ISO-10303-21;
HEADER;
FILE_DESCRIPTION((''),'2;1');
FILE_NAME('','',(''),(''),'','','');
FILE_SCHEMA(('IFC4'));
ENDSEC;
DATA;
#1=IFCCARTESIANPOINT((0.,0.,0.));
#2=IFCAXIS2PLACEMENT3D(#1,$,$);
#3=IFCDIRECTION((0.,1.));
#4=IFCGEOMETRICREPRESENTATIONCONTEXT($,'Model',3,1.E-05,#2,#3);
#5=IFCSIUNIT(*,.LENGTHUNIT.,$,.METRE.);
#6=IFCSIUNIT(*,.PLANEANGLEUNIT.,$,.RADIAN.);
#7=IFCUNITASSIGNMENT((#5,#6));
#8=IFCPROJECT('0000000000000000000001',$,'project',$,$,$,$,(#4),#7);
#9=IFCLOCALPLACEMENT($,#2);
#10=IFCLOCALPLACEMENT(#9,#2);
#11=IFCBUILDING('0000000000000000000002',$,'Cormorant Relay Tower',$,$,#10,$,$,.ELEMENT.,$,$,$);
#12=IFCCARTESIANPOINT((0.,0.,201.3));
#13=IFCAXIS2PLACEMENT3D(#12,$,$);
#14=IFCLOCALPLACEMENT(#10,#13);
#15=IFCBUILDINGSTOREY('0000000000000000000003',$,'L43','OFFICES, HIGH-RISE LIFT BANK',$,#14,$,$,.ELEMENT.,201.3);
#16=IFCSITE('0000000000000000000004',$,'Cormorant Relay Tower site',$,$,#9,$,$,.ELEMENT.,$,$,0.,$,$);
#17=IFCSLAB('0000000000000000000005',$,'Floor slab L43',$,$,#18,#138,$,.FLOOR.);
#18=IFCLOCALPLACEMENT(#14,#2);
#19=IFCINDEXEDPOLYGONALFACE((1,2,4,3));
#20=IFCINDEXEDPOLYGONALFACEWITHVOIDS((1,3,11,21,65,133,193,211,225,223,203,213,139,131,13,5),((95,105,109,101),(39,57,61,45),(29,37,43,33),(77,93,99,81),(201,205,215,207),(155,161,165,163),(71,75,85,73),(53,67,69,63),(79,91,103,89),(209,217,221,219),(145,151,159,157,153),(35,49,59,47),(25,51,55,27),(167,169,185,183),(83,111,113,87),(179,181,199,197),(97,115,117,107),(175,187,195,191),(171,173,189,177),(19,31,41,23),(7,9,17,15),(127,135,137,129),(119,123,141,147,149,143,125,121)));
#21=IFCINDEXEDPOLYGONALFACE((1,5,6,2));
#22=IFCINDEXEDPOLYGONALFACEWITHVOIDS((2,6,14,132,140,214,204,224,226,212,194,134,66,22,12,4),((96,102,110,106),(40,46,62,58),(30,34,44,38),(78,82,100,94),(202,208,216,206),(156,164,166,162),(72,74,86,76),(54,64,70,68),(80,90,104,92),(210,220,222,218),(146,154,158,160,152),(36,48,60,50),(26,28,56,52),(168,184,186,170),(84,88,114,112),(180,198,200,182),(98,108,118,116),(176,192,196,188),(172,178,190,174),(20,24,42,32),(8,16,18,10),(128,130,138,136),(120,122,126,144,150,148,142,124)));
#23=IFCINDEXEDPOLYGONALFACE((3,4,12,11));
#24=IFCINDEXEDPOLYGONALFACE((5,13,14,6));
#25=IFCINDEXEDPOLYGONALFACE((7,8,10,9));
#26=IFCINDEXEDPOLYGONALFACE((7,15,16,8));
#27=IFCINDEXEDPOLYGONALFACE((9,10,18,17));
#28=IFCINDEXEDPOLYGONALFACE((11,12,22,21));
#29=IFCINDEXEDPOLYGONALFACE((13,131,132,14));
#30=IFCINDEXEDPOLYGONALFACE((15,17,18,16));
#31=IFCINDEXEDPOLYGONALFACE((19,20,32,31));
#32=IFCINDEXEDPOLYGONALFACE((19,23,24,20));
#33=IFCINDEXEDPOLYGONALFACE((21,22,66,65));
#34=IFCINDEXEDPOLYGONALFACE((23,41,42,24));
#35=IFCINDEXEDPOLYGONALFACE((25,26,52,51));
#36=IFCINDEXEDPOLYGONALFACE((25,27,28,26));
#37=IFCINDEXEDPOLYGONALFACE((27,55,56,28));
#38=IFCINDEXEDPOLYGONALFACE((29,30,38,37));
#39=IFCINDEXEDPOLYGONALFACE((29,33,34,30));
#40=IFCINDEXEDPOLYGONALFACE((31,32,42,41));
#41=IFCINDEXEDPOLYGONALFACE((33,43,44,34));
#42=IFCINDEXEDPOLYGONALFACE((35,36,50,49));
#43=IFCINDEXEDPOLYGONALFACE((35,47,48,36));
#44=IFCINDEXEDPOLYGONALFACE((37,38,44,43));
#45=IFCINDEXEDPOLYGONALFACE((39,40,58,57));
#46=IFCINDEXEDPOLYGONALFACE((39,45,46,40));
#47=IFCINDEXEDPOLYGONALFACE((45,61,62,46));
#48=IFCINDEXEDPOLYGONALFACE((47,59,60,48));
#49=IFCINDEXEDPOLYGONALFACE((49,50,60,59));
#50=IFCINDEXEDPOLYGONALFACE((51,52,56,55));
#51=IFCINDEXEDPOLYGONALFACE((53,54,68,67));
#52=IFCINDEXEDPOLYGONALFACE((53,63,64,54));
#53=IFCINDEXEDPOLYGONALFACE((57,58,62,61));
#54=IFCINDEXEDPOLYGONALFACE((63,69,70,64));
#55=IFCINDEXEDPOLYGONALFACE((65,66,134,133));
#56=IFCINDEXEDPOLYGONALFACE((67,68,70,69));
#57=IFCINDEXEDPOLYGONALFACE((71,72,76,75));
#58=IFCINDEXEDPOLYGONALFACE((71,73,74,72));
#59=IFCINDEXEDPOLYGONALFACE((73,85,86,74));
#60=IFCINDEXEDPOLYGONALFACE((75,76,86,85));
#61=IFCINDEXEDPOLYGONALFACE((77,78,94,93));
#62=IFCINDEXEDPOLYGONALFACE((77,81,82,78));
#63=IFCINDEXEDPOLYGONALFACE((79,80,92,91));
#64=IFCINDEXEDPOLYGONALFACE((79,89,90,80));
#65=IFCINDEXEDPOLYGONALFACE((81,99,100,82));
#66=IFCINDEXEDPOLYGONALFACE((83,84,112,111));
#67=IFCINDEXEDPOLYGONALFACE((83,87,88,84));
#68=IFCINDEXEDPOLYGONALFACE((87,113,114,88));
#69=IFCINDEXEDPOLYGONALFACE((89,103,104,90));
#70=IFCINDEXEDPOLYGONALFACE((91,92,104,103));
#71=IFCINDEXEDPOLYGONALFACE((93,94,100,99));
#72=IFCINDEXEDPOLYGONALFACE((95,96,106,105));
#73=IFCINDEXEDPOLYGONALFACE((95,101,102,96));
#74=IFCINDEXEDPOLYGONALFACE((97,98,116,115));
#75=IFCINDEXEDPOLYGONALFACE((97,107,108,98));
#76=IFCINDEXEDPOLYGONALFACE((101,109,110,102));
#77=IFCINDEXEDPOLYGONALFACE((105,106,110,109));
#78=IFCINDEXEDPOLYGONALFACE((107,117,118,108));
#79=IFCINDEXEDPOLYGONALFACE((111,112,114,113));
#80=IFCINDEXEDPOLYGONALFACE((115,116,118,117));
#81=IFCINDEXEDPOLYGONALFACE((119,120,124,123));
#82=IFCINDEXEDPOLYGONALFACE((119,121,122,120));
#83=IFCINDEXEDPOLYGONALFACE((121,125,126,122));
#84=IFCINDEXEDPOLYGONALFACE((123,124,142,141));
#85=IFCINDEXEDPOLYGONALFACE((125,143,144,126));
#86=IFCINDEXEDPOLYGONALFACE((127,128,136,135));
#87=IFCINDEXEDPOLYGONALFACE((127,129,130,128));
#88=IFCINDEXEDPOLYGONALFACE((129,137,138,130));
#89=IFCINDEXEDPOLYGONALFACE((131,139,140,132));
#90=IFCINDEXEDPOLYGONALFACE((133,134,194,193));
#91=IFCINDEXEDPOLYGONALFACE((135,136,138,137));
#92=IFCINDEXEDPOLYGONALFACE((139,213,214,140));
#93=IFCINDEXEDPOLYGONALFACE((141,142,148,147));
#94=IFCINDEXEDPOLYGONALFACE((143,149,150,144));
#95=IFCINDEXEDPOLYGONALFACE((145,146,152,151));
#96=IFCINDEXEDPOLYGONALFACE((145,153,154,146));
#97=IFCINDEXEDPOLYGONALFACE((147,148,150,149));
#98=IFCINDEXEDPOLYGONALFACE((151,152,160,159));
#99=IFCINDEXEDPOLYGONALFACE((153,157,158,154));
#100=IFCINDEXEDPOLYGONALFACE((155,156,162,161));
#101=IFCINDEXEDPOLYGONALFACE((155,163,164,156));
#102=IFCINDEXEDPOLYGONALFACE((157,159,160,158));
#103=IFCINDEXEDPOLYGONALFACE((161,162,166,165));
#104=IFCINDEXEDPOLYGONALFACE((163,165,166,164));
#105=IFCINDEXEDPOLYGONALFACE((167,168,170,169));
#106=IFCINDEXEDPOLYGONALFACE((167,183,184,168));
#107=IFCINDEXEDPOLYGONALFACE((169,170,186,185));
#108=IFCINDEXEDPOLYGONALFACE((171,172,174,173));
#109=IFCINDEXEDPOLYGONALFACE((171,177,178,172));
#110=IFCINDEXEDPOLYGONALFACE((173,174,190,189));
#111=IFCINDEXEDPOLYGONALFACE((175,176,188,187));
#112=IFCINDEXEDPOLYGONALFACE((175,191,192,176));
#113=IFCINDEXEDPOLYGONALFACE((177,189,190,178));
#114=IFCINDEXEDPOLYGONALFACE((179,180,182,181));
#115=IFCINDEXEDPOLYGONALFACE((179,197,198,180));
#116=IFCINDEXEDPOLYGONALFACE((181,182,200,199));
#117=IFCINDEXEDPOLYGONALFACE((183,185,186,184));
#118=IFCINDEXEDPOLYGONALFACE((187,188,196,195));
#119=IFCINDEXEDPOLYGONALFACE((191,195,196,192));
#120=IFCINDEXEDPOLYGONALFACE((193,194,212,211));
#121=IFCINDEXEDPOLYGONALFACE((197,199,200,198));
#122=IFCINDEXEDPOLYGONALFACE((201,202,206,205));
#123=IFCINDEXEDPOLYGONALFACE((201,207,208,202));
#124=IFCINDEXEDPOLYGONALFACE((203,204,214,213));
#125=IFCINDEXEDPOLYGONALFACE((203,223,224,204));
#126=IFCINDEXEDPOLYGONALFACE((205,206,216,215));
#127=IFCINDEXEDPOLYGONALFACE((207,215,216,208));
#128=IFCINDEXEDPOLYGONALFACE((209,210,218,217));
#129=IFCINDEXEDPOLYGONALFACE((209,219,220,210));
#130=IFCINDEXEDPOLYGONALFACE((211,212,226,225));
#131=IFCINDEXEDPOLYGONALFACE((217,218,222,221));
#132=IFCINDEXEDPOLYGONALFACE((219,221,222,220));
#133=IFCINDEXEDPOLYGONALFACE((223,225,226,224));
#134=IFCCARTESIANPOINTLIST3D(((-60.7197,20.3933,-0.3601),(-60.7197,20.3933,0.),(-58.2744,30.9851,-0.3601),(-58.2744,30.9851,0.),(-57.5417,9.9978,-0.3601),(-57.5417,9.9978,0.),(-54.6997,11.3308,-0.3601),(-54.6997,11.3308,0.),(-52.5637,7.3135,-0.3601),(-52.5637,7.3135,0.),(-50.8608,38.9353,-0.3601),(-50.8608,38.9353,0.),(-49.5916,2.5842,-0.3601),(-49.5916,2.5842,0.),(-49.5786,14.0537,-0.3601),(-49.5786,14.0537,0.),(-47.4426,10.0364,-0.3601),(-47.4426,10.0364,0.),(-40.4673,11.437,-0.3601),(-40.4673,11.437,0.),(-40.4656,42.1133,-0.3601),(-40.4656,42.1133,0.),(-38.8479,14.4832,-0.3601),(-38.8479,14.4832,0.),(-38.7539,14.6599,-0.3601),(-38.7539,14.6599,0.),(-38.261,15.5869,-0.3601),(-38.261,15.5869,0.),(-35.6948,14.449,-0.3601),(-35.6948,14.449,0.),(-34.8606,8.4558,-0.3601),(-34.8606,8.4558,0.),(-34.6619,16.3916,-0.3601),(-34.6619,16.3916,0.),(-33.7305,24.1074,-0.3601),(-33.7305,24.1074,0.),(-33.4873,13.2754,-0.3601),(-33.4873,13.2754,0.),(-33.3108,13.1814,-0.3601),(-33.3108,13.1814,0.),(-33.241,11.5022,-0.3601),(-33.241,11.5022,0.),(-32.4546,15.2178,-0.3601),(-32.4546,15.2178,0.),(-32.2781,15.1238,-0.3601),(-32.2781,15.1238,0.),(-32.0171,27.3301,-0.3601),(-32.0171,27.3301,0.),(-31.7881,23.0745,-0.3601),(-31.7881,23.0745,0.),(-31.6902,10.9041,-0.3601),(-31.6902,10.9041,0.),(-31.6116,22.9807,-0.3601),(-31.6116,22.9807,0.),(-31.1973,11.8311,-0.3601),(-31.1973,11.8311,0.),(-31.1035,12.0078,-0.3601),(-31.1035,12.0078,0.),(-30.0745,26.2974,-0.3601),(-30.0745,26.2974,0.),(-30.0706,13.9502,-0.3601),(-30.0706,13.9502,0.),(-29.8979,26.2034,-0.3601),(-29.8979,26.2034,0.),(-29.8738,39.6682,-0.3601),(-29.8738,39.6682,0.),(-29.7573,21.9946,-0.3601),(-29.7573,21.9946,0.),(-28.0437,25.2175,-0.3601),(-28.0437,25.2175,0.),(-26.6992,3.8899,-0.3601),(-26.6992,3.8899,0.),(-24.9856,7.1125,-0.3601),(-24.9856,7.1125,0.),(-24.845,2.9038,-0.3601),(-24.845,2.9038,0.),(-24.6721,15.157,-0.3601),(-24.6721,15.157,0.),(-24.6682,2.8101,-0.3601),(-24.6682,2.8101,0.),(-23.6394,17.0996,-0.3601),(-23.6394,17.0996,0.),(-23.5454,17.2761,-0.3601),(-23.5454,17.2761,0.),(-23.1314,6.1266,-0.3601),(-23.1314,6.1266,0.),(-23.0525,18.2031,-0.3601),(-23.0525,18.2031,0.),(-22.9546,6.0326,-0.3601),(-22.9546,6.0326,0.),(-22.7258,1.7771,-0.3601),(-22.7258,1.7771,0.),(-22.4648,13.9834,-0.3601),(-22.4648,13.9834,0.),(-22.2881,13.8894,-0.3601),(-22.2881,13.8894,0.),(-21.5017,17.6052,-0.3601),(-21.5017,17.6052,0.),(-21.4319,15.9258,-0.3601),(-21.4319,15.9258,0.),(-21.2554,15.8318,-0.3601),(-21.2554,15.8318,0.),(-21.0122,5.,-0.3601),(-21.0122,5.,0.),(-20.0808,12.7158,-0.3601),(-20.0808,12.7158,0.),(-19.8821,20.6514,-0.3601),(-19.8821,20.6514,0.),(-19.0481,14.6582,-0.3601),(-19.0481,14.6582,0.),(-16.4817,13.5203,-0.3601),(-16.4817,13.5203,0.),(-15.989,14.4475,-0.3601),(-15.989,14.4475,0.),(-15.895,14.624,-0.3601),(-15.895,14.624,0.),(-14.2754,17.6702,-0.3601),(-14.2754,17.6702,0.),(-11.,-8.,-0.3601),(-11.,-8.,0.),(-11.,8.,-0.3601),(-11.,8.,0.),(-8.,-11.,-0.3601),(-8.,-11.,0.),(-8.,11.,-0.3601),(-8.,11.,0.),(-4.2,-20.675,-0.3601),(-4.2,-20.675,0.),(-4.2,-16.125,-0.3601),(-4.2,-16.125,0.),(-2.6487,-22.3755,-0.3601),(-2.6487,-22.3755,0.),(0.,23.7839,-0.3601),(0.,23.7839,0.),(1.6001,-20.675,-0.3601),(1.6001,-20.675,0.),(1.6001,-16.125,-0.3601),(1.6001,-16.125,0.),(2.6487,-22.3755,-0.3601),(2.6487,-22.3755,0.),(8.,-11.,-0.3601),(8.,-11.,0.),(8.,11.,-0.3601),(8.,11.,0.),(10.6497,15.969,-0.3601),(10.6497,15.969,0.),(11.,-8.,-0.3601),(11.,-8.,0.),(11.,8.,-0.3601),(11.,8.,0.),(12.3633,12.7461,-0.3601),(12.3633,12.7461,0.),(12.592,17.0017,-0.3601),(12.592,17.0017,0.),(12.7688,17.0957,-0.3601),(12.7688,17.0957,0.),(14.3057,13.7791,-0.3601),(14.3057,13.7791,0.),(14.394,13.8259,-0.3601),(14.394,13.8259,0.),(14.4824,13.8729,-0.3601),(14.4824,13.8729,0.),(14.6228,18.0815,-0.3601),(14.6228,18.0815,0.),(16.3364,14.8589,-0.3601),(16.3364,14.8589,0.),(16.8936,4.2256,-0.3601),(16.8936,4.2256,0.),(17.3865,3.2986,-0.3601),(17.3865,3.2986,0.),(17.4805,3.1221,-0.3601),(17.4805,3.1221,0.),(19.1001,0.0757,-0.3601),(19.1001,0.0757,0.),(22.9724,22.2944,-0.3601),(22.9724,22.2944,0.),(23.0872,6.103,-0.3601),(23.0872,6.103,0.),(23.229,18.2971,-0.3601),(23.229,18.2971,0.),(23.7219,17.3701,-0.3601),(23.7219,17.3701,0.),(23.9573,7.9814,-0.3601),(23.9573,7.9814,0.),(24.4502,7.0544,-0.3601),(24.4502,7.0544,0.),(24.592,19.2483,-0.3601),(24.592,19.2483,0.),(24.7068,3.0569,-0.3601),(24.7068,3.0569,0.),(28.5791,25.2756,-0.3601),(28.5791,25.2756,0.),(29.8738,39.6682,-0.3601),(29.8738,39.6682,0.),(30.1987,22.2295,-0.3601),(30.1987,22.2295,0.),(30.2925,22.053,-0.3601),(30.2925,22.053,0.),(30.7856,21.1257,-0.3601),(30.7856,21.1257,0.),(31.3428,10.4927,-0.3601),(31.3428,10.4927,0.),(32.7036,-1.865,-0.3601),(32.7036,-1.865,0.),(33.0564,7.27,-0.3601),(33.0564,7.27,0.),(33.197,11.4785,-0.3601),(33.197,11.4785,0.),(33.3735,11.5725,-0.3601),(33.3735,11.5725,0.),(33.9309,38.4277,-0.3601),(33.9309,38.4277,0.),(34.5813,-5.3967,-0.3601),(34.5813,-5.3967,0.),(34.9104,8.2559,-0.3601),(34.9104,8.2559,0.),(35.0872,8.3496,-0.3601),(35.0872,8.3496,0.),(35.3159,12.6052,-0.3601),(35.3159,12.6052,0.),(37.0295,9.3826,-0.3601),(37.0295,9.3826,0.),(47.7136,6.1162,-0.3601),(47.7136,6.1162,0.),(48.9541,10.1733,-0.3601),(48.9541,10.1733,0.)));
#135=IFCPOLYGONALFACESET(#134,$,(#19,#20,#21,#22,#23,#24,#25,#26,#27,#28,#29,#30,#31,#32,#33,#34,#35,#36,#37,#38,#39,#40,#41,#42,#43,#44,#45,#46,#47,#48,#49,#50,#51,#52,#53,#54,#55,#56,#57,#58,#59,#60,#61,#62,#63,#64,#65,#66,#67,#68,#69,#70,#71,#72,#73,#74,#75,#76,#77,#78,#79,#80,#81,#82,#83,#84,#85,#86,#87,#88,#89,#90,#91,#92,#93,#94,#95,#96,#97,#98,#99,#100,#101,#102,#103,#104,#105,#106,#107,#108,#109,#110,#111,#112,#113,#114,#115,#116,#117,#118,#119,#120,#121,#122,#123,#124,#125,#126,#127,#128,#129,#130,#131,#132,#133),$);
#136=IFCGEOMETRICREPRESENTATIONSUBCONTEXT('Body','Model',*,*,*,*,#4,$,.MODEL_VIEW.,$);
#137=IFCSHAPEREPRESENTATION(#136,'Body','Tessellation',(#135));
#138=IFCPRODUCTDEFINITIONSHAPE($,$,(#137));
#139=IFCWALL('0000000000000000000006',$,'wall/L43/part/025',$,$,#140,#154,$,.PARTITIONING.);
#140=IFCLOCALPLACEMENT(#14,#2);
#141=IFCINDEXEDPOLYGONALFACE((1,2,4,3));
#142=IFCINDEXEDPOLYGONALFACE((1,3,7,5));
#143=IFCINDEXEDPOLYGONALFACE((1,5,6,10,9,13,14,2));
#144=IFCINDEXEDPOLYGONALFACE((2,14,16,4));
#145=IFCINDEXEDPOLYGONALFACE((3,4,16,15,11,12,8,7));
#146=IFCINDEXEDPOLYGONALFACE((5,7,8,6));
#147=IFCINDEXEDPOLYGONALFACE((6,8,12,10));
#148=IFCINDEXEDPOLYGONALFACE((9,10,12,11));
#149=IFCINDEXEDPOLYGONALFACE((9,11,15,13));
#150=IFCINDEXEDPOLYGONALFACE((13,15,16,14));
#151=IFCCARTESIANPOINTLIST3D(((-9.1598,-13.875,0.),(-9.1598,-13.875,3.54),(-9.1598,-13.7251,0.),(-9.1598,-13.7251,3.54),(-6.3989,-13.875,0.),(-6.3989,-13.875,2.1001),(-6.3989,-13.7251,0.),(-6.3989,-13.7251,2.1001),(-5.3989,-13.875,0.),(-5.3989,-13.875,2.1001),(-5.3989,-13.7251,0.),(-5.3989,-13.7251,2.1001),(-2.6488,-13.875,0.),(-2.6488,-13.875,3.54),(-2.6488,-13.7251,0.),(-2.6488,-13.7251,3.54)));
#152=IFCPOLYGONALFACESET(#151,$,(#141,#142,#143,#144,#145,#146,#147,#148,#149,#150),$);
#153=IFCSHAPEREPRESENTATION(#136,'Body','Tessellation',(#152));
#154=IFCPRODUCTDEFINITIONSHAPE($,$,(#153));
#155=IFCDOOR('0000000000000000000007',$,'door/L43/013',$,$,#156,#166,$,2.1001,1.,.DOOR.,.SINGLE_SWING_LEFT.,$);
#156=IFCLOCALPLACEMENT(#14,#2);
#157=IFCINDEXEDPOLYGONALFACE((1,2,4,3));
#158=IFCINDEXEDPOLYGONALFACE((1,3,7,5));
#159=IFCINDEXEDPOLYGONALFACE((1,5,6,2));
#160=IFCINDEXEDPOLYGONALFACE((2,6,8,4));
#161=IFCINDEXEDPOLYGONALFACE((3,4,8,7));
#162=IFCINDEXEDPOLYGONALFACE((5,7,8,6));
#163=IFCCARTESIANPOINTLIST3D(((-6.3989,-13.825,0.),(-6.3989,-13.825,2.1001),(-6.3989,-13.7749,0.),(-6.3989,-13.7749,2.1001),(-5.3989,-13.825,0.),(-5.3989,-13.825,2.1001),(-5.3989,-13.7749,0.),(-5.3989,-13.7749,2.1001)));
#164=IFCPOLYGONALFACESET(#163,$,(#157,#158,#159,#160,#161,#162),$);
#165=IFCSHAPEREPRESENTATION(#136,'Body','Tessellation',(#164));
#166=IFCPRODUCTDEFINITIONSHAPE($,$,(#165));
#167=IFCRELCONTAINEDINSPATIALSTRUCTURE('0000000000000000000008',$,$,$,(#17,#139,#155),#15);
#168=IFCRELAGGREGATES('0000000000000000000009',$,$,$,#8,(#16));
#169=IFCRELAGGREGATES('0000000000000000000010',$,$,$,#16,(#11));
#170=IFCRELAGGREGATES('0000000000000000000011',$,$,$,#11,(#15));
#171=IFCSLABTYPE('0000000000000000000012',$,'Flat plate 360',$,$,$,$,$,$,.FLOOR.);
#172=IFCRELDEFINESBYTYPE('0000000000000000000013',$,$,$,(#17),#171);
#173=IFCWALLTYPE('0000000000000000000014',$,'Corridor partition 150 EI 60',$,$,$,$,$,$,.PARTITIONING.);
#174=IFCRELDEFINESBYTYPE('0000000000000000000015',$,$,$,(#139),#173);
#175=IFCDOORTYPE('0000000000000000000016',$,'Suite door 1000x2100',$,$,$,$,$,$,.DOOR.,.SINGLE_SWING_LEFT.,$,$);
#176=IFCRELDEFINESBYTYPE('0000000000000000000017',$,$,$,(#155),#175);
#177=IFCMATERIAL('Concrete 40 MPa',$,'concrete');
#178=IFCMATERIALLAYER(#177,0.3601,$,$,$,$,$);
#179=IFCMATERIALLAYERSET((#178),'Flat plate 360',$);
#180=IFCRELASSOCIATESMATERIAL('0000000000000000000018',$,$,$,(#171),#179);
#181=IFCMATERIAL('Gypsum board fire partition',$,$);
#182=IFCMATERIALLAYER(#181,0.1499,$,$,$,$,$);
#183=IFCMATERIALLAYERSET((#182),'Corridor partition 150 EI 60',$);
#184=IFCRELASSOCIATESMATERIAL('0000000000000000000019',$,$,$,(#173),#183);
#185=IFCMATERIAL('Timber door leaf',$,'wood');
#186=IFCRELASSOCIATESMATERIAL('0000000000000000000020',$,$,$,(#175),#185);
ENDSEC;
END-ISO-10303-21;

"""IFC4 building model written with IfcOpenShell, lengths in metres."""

from ifc_helpers import new_model, si_unit, direction, frame, frame_2d, origin, place, context, subcontext, project, spatial, polyline, rectangle, outline, extrude, material, layer, layer_set, type_object, element, fill, save


model = new_model("IFC4")

# Units and contexts
model_context = context("Model", 3, precision=1e-05, world=origin(), true_north=direction((0.0, 1.0)))
body_context = subcontext(model_context, "Body", "Model", "MODEL_VIEW")
ifc_project = project(units=[si_unit("LENGTHUNIT", "METRE"), si_unit("PLANEANGLEUNIT", "RADIAN")], contexts=[model_context])

# Site, building, storey
site_placement = place(None, origin())
site = spatial("IfcSite", under=ifc_project, at=site_placement, Name="Cormorant Relay Tower site", CompositionType="ELEMENT", RefElevation=0.0)
building_placement = place(site_placement, origin())
building = spatial("IfcBuilding", under=site, at=building_placement, Name="Cormorant Relay Tower", CompositionType="ELEMENT")
storey_placement = place(building_placement, frame((0.0, 0.0, 201.3)))
storey = spatial("IfcBuildingStorey", under=building, at=storey_placement, Name="L43", Description="OFFICES, HIGH-RISE LIFT BANK", CompositionType="ELEMENT", Elevation=201.3)

# Slab
ifc_material_1 = material(Name="Concrete 40 MPa", Category="concrete")
ifc_layer_1 = layer(ifc_material_1, 0.3601)
ifc_layer_set_1 = layer_set([ifc_layer_1], Name="Flat plate 360")
slab_type_1 = type_object("IfcSlabType", Name="Flat plate 360", PredefinedType="FLOOR", material=ifc_layer_set_1)
slab_1_placement = place(storey_placement, frame((0.0, 0.0, -0.3601)))
element("IfcSlab", 1, at=slab_1_placement, inside=storey, type_object=slab_type_1, Name="Floor slab L43", PredefinedType="FLOOR", context=body_context, shape_type="SweptSolid", body=[
    extrude(outline(polyline([(-60.7197, 20.3933), (-58.2744, 30.9851), (-50.8608, 38.9353), (-40.4656, 42.1133), (-29.8738, 39.6682), (0.0, 23.7839), (29.8738, 39.6682), (33.9309, 38.4277), (48.9541, 10.1733), (47.7136, 6.1162), (32.7036, -1.865), (34.5813, -5.3967), (2.6487, -22.3755), (-2.6487, -22.3755), (-49.5916, 2.5842), (-57.5417, 9.9978), (-60.7197, 20.3933)]), holes=[polyline([(11.0, -8.0), (11.0, 8.0), (8.0, 11.0), (-8.0, 11.0), (-11.0, 8.0), (-11.0, -8.0), (-8.0, -11.0), (8.0, -11.0), (11.0, -8.0)]), polyline([(-22.9546, 6.0327), (-24.6682, 2.8101), (-22.7258, 1.7771), (-21.0122, 5.0), (-23.043, 6.0796), (-22.9546, 6.0327)]), polyline([(-24.9856, 7.1125), (-26.6992, 3.8899), (-24.845, 2.9038), (-23.1313, 6.1267), (-23.043, 6.0796), (-24.9856, 7.1125)]), polyline([(-54.6997, 11.3308), (-52.5637, 7.3135), (-47.4426, 10.0364), (-49.5786, 14.0537), (-54.6997, 11.3308)]), polyline([(-33.241, 11.5022), (-38.8479, 14.4832), (-40.4673, 11.437), (-34.8606, 8.4558), (-33.241, 11.5022)]), polyline([(-38.261, 15.5869), (-38.7539, 14.6599), (-31.6902, 10.9041), (-31.1973, 11.8311), (-38.261, 15.5869)]), polyline([(-31.1035, 12.0078), (-30.0706, 13.9502), (-32.2781, 15.1238), (-33.3108, 13.1814), (-31.1035, 12.0078)]), polyline([(-19.0481, 14.6582), (-21.2554, 15.8318), (-22.2881, 13.8894), (-20.0808, 12.7158), (-19.0481, 14.6582)]), polyline([(-34.6619, 16.3916), (-35.6948, 14.449), (-33.4873, 13.2754), (-32.4546, 15.2178), (-34.6619, 16.3916)]), polyline([(-23.6394, 17.0996), (-24.6721, 15.157), (-22.4648, 13.9834), (-21.4319, 15.9258), (-23.6394, 17.0996)]), polyline([(-31.6116, 22.9807), (-29.7573, 21.9946), (-28.0437, 25.2175), (-29.8979, 26.2034), (-31.6116, 22.9807)]), polyline([(-32.0171, 27.3301), (-33.7305, 24.1074), (-31.7881, 23.0745), (-30.0745, 26.2974), (-32.0171, 27.3301)]), polyline([(-4.2, -16.125), (-4.2, -20.675), (1.6001, -20.675), (1.6001, -16.125), (-4.2, -16.125)]), polyline([(17.4805, 3.1221), (19.1001, 0.0757), (24.7068, 3.0569), (23.0872, 6.103), (17.4805, 3.1221)]), polyline([(17.3865, 3.2986), (24.4502, 7.0544), (23.9573, 7.9814), (16.8936, 4.2256), (17.3865, 3.2986)]), polyline([(33.197, 11.4785), (31.3428, 10.4927), (33.0564, 7.27), (34.9104, 8.2559), (33.197, 11.4785)]), polyline([(33.3735, 11.5725), (35.0872, 8.3496), (37.0295, 9.3826), (35.3159, 12.6052), (33.3735, 11.5725)]), polyline([(14.3057, 13.7791), (12.592, 17.0017), (10.6497, 15.969), (12.3633, 12.7461), (14.394, 13.8259), (14.3057, 13.7791)]), polyline([(16.3364, 14.8589), (14.6228, 18.0815), (12.7688, 17.0957), (14.4824, 13.8728), (14.394, 13.8259), (16.3364, 14.8589)]), polyline([(-16.4817, 13.5203), (-15.989, 14.4475), (-23.0525, 18.2031), (-23.5454, 17.2761), (-16.4817, 13.5203)]), polyline([(-15.895, 14.624), (-14.2754, 17.6702), (-19.8821, 20.6514), (-21.5017, 17.6052), (-15.895, 14.624)]), polyline([(30.7856, 21.1257), (30.2925, 22.053), (23.229, 18.2971), (23.7219, 17.3701), (30.7856, 21.1257)]), polyline([(24.592, 19.2483), (30.1987, 22.2295), (28.5791, 25.2756), (22.9724, 22.2944), (24.592, 19.2483)])]), origin(), (0.0, 0.0, 1.0), 0.3601),
])

# Wall, opening, door
ifc_material_2 = material(Name="Gypsum board fire partition")
ifc_layer_2 = layer(ifc_material_2, 0.1499)
ifc_layer_set_2 = layer_set([ifc_layer_2], Name="Corridor partition 150 EI 60")
wall_type_1 = type_object("IfcWallType", Name="Corridor partition 150 EI 60", PredefinedType="PARTITIONING", material=ifc_layer_set_2)
wall_1_placement = place(storey_placement, frame((-2.6489, -13.8, 0.0), z_axis=(0.0, 0.0, 1.0), x_axis=(-1.0, 0.0, 0.0)))
wall_1 = element("IfcWall", 2, at=wall_1_placement, inside=storey, type_object=wall_type_1, Name="wall/L43/part/025", PredefinedType="PARTITIONING", context=body_context, shape_type="SweptSolid", body=[
    extrude(rectangle(XDim=6.511, YDim=0.1499, at=frame_2d((3.2554, 0.0))), origin(), (0.0, 0.0, 1.0), 3.54),
])
opening_1_placement = place(wall_1_placement, frame((2.75, 0.0, 0.0)))
opening_1 = element("IfcOpeningElement", 3, at=opening_1_placement, cuts=wall_1, PredefinedType="OPENING", context=body_context, shape_type="SweptSolid", body=[
    extrude(rectangle(XDim=1.0, YDim=2.1001, at=frame_2d((0.5, 1.05))), frame((0.0, 0.085, 0.0), z_axis=(0.0, -1.0, 0.0), x_axis=(1.0, 0.0, 0.0)), (0.0, 0.0, 1.0), 0.1699),
])
ifc_material_3 = material(Name="Timber door leaf", Category="wood")
door_type = type_object("IfcDoorType", Name="Suite door 1000x2100", OperationType="SINGLE_SWING_LEFT", PredefinedType="DOOR", material=ifc_material_3)
door_1_placement = place(opening_1_placement, origin())
door_1 = element("IfcDoor", 4, at=door_1_placement, inside=storey, type_object=door_type, Name="door/L43/013", OperationType="SINGLE_SWING_LEFT", OverallHeight=2.1001, OverallWidth=1.0, PredefinedType="DOOR", context=body_context, shape_type="SweptSolid", body=[
    extrude(rectangle(XDim=1.0, YDim=2.1001, at=frame_2d((0.5, 1.05))), frame((0.0, 0.0249, 0.0), z_axis=(0.0, -1.0, 0.0), x_axis=(1.0, 0.0, 0.0)), (0.0, 0.0, 1.0), 0.05),
])
fill(opening_1, door_1)

save(model, "model.ifc")
